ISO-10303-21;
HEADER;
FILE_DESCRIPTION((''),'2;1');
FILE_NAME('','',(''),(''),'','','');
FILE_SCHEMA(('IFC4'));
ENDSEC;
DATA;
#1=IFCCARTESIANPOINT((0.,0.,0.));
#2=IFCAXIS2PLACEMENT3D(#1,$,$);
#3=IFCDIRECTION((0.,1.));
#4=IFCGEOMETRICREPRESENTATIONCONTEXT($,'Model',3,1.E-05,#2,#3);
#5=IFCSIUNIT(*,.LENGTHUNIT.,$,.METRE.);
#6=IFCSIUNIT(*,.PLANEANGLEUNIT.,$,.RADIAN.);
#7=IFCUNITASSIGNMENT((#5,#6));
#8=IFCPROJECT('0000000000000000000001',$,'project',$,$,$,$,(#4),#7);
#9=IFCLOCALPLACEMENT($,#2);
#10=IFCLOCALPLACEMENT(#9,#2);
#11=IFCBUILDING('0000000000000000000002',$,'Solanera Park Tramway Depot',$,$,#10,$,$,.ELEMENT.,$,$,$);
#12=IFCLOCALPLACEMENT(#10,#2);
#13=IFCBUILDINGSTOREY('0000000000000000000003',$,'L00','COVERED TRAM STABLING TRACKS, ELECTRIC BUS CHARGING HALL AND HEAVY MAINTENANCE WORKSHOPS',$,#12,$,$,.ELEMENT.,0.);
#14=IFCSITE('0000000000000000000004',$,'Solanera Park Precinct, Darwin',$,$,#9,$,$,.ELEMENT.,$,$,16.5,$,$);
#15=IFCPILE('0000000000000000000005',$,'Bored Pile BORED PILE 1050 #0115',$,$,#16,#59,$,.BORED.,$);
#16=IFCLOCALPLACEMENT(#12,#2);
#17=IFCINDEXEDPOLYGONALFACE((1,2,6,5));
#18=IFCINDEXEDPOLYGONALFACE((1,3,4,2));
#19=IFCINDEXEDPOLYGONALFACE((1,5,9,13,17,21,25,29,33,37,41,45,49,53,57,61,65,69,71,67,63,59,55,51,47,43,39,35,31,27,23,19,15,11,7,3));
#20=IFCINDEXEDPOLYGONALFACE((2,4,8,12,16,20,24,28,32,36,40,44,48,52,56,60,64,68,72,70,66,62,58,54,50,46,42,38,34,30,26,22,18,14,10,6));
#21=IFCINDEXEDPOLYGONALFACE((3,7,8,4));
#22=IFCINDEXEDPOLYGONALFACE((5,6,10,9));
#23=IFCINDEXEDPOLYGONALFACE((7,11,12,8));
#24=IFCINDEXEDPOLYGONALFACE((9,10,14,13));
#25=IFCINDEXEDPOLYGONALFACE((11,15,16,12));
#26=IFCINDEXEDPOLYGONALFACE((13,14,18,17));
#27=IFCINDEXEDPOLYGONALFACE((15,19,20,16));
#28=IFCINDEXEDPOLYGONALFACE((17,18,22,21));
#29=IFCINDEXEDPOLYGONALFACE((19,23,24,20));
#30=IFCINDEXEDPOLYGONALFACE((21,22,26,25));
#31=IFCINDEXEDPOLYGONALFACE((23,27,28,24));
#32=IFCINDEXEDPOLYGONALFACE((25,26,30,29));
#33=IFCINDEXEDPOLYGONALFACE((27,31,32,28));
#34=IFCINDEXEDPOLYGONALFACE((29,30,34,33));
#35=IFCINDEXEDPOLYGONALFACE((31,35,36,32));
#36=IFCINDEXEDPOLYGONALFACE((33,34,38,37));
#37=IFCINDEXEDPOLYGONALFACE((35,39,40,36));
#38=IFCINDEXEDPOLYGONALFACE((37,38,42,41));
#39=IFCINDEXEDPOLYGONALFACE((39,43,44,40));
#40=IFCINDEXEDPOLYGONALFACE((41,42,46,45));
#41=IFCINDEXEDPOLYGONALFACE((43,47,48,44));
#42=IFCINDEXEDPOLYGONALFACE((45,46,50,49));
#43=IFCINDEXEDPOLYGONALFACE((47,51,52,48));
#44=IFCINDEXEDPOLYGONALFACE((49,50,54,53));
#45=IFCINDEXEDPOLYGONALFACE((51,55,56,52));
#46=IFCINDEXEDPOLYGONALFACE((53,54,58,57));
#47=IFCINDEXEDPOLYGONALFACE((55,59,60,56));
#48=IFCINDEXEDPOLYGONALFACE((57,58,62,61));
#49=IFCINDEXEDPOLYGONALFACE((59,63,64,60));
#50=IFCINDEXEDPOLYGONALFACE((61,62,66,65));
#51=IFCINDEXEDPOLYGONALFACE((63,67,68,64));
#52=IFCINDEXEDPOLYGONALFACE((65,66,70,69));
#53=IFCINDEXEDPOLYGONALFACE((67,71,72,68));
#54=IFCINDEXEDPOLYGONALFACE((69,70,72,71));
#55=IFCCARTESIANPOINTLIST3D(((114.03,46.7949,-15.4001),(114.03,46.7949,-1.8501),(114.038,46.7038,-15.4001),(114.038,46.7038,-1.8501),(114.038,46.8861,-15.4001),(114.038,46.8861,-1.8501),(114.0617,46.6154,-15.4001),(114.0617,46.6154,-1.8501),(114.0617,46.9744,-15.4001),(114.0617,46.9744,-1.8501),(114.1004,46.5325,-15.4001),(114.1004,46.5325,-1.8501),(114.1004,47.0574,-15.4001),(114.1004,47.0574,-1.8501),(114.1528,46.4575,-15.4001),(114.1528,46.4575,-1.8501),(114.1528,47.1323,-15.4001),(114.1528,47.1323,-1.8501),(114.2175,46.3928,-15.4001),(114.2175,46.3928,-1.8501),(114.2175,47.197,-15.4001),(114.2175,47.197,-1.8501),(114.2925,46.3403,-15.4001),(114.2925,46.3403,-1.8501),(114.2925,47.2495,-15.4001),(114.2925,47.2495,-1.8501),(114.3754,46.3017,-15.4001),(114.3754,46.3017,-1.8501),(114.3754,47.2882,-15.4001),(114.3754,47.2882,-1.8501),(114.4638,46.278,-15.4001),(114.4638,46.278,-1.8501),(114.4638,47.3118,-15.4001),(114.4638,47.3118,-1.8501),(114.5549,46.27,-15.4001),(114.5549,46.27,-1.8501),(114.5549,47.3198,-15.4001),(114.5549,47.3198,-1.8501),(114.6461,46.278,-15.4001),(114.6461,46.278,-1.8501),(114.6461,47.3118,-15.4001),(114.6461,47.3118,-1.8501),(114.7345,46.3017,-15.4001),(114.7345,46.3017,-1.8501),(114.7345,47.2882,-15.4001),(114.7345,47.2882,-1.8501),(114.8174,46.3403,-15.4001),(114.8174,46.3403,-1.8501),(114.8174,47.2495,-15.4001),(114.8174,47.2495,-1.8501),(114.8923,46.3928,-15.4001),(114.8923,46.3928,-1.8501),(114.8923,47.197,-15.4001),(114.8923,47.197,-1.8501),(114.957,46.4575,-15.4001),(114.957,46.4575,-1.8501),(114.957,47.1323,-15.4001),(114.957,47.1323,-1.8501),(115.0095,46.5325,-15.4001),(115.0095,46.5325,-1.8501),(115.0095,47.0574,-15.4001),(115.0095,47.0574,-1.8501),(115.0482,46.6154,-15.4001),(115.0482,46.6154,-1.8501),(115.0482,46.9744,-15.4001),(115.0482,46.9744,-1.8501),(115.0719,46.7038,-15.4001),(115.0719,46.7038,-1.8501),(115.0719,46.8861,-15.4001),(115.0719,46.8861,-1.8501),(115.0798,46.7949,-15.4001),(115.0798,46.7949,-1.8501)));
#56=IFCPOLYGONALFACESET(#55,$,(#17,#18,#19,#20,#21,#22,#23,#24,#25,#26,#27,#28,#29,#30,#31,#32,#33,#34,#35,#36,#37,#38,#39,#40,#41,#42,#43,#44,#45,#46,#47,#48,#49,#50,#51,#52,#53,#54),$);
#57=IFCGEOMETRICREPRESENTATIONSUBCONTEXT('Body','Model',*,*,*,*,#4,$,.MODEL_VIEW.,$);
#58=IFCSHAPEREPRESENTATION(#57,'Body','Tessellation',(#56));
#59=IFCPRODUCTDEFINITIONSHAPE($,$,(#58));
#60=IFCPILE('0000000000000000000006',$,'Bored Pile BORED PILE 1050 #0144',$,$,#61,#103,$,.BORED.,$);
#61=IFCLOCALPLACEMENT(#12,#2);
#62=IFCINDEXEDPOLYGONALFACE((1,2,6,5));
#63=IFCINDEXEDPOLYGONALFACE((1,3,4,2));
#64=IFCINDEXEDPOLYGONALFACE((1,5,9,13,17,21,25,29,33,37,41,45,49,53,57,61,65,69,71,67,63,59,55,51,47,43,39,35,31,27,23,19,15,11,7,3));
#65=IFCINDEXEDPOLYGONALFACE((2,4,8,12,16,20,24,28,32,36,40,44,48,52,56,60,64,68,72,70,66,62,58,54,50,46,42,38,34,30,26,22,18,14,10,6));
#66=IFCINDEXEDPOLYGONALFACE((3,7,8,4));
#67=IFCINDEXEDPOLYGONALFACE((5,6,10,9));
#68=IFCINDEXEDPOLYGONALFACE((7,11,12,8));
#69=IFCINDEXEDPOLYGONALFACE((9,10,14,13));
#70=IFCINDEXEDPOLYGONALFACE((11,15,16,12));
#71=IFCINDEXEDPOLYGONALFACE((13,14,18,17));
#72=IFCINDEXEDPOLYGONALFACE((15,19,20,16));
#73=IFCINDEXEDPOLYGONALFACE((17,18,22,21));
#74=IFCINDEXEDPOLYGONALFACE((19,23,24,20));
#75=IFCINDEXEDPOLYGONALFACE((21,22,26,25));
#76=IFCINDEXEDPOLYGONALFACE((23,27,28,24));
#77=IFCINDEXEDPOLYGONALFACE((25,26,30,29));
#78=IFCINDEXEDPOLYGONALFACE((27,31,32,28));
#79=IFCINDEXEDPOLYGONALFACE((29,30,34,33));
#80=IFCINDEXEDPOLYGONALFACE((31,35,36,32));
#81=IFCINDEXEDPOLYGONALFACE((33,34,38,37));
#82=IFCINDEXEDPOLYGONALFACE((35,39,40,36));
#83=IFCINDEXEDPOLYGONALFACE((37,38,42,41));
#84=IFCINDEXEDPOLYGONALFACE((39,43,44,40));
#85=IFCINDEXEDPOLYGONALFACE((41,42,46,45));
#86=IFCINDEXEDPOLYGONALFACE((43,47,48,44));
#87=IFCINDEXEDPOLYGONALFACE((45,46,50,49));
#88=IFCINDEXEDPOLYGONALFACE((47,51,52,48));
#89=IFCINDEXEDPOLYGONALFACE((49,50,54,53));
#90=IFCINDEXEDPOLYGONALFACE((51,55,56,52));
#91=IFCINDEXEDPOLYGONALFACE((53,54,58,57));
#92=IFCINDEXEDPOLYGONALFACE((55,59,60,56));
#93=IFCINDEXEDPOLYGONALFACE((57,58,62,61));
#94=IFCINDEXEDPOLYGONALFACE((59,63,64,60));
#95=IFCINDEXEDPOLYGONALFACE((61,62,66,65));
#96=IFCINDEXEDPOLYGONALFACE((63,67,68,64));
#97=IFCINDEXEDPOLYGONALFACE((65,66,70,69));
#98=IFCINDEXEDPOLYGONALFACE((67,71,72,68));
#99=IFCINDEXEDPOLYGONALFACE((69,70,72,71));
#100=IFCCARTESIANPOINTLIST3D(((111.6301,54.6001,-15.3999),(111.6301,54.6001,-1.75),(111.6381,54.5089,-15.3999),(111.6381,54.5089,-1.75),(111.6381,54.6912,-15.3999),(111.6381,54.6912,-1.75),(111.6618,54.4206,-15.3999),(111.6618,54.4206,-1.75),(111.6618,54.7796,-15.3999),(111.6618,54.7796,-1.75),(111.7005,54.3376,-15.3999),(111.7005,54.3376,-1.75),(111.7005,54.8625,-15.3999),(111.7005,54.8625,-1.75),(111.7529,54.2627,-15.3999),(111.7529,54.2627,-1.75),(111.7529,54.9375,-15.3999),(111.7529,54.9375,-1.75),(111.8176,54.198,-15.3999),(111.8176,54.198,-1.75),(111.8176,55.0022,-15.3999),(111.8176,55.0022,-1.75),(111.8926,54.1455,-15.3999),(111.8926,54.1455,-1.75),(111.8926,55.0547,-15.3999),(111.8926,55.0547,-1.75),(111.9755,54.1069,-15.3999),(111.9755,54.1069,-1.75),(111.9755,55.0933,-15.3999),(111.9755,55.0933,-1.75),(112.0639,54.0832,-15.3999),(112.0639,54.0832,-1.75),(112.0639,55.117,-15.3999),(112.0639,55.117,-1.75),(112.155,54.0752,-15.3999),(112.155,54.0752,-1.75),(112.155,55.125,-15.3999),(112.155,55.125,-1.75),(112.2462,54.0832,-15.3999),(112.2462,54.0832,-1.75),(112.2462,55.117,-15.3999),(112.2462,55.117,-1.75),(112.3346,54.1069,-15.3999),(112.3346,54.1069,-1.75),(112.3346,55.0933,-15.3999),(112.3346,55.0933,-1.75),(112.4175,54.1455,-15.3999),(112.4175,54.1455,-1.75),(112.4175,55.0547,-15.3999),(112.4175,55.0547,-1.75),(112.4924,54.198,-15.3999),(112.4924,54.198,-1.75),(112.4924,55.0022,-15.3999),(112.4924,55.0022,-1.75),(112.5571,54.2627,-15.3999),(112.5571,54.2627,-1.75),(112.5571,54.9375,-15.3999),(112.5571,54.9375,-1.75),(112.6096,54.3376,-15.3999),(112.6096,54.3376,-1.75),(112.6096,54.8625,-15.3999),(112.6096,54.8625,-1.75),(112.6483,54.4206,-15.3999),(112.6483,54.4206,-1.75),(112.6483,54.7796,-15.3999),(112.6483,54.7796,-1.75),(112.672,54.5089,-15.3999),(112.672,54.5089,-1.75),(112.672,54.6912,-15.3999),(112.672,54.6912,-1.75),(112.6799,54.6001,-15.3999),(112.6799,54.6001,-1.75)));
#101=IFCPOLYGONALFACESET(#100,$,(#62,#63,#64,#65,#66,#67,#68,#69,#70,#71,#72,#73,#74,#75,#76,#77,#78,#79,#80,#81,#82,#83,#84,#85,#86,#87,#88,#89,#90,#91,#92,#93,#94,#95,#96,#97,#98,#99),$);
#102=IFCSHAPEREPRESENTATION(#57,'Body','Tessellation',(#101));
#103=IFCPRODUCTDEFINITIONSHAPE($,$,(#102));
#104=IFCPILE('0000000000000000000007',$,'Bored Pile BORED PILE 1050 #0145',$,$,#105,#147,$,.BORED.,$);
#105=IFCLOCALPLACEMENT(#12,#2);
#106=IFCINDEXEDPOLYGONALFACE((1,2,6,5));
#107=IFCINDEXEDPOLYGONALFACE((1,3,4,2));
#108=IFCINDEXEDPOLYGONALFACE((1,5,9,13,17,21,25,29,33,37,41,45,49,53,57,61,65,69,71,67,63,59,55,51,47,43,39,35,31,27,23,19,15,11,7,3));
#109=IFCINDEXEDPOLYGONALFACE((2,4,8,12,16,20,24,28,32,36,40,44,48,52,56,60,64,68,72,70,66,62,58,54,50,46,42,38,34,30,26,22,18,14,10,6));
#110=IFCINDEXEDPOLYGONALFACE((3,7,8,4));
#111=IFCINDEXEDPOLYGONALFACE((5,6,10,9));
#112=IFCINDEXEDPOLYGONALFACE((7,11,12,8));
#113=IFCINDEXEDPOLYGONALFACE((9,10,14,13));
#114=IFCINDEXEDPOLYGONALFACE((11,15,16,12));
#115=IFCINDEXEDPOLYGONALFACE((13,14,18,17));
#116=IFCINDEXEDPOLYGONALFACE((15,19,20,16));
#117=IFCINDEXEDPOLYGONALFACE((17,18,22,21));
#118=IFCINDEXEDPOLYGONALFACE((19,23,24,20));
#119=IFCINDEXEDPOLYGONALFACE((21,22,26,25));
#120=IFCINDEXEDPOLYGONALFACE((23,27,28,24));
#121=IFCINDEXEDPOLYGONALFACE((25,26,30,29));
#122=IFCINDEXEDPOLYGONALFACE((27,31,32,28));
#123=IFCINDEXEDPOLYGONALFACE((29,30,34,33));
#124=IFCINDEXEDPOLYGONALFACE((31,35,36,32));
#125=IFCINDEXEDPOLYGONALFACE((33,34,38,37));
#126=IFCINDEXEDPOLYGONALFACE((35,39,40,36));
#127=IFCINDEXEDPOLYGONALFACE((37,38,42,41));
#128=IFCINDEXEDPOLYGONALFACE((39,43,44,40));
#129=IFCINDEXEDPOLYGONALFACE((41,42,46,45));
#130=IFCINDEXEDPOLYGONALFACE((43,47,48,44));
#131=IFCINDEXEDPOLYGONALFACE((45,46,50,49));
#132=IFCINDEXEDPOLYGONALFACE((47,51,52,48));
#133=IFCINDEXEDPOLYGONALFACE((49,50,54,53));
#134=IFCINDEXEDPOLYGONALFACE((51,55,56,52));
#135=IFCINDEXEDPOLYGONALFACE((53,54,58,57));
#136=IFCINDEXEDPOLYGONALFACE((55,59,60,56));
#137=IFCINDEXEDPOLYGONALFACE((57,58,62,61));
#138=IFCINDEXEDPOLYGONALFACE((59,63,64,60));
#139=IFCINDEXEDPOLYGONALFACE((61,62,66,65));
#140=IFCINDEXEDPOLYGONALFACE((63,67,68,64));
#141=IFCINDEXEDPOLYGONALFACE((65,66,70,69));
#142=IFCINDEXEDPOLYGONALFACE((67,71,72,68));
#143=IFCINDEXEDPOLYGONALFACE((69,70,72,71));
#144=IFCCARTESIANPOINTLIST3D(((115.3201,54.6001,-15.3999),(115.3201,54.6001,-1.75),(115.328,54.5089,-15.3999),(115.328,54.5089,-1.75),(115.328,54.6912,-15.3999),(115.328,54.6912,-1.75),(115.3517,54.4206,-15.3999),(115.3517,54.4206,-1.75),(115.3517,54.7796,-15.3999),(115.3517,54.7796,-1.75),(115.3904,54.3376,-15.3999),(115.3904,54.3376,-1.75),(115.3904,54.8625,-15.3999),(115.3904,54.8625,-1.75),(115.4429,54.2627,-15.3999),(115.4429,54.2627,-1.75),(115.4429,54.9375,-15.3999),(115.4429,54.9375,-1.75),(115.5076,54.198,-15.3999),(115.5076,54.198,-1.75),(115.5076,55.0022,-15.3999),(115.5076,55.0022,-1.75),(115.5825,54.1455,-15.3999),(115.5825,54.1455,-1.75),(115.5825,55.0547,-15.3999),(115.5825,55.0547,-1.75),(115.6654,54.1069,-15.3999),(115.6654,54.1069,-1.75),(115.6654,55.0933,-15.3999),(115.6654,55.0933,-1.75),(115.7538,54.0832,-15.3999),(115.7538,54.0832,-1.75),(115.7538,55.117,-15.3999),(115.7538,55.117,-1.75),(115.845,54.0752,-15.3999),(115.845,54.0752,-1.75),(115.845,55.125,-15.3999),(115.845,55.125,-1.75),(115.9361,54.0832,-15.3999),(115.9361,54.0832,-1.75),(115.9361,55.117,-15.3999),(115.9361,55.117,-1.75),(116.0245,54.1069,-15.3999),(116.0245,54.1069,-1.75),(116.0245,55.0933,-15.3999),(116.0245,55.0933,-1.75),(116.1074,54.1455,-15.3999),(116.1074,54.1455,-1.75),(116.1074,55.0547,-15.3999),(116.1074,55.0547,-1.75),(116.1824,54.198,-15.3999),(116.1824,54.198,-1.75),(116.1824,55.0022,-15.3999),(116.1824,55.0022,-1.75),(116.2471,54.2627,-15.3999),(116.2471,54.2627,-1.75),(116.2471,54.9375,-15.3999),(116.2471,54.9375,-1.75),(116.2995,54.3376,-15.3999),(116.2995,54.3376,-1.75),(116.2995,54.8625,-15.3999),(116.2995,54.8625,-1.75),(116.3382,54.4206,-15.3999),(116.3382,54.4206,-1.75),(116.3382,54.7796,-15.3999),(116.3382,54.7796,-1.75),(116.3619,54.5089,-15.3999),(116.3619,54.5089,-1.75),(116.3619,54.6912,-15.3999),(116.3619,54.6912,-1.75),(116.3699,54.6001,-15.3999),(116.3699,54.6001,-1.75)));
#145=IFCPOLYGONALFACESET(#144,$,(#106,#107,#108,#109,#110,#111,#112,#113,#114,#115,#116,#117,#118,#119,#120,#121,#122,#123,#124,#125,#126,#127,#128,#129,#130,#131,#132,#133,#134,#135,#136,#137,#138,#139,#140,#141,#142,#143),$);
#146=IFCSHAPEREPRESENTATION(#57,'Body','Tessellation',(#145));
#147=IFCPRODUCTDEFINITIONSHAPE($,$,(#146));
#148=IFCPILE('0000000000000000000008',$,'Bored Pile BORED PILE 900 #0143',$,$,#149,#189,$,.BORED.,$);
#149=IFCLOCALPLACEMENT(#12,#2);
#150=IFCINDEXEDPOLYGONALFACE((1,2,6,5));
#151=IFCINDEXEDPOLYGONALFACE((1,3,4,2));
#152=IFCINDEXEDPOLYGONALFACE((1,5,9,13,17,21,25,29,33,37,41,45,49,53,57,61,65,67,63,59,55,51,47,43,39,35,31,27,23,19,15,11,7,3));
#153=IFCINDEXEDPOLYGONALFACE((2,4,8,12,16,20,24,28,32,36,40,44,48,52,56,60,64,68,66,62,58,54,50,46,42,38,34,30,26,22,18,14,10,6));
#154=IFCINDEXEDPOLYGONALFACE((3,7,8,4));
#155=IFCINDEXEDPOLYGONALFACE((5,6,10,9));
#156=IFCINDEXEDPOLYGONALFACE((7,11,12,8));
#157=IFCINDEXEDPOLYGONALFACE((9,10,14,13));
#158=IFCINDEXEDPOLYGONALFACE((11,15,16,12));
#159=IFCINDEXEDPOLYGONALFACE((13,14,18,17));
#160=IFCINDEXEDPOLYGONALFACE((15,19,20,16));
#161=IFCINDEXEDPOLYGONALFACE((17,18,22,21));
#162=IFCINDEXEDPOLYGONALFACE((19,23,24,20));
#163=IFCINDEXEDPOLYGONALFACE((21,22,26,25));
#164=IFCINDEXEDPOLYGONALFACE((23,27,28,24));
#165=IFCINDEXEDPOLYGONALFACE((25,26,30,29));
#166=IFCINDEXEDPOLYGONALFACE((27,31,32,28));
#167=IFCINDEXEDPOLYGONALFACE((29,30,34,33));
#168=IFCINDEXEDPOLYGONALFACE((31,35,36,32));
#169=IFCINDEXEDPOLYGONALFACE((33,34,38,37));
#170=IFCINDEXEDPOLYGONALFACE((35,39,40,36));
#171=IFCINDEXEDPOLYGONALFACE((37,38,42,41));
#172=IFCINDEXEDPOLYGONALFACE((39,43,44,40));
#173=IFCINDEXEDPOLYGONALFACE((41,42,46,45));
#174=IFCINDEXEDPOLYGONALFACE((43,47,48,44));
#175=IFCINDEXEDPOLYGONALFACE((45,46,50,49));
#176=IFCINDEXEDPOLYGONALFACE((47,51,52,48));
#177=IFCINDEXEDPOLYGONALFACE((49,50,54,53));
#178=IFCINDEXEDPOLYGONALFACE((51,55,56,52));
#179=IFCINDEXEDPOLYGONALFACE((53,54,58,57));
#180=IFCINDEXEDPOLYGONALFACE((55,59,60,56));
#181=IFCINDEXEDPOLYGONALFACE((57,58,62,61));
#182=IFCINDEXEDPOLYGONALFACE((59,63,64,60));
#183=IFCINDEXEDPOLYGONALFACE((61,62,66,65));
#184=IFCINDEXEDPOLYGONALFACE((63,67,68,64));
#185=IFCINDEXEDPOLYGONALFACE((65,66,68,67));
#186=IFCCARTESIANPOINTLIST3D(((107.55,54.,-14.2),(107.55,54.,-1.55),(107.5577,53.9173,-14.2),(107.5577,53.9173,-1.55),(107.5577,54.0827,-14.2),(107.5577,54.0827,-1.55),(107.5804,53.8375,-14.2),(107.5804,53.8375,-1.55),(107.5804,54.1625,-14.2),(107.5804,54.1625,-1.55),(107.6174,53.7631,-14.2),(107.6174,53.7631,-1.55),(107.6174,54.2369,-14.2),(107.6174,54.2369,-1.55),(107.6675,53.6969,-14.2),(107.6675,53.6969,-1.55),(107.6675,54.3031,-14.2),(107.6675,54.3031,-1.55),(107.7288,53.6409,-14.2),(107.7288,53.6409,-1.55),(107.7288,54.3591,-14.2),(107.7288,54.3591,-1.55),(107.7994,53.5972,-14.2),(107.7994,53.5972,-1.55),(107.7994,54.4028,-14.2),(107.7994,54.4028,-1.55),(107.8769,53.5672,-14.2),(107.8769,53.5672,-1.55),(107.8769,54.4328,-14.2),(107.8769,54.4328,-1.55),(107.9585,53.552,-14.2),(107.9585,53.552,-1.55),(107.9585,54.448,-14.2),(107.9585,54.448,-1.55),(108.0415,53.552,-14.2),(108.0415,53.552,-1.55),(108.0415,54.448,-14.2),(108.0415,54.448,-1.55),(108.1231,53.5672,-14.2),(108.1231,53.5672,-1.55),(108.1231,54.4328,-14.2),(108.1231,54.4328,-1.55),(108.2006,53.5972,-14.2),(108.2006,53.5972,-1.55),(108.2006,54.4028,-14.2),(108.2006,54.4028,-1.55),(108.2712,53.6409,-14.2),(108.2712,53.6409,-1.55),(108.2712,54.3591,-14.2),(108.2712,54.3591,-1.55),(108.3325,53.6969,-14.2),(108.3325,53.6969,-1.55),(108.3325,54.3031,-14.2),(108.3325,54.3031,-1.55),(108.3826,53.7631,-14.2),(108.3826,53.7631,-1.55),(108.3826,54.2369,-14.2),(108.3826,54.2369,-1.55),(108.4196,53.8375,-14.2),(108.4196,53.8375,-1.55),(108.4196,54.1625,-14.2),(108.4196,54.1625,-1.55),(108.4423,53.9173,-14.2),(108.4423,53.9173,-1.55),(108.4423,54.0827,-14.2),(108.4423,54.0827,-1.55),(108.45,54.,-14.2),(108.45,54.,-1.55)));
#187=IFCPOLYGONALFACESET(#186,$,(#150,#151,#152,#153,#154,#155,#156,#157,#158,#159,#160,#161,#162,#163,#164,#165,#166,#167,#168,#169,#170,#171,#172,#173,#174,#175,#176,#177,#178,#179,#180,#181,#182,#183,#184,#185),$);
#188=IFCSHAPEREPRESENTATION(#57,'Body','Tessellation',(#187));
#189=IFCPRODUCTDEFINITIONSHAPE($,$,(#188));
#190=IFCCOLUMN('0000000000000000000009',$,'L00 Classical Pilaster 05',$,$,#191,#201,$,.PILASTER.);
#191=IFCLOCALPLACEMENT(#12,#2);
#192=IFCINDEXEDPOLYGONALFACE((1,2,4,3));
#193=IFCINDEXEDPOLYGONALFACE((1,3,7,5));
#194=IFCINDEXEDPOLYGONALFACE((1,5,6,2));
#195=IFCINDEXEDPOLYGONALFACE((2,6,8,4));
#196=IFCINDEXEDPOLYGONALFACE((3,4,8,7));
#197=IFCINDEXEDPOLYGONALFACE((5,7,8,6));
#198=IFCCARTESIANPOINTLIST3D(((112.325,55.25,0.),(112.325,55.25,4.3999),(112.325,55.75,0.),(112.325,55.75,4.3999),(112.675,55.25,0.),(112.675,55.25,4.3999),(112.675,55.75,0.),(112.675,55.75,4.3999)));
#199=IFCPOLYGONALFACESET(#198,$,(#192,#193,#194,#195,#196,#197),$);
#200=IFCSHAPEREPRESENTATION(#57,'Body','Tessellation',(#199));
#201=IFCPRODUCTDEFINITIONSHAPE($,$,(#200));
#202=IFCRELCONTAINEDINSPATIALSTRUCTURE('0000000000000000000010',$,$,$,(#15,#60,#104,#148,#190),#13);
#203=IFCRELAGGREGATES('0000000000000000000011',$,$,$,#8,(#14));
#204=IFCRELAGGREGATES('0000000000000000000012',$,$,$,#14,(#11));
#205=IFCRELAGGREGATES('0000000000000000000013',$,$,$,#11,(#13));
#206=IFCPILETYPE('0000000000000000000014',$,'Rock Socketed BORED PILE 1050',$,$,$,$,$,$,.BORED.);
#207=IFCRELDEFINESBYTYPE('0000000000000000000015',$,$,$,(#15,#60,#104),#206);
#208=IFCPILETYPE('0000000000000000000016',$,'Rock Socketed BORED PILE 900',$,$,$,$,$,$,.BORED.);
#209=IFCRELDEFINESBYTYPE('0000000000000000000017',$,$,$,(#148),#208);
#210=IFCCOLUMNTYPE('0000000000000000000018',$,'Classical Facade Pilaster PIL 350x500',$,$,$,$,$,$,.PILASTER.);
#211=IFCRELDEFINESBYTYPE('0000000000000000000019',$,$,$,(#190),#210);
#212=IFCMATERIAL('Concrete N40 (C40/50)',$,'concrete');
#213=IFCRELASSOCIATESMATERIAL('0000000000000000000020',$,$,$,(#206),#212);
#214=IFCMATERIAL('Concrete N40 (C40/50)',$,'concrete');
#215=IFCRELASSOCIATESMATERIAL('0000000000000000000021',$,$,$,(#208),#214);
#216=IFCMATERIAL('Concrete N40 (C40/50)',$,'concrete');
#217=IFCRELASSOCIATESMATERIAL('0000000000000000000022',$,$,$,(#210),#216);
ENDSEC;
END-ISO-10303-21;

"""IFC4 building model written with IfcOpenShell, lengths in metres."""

from ifc_helpers import new_model, si_unit, direction, frame, origin, origin_2d, place, context, subcontext, project, spatial, rectangle, circle, extrude, material, material_profile, profile_set, type_object, element, save


model = new_model("IFC4")

# Units and contexts
model_context = context("Model", 3, precision=1e-05, world=origin(), true_north=direction((0.0, 1.0)))
body_context = subcontext(model_context, "Body", "Model", "MODEL_VIEW")
ifc_project = project(units=[si_unit("LENGTHUNIT", "METRE"), si_unit("PLANEANGLEUNIT", "RADIAN")], contexts=[model_context])

# Site, building, storey
site_placement = place(None, origin())
site = spatial("IfcSite", under=ifc_project, at=site_placement, Name="Solanera Park Precinct, Darwin", CompositionType="ELEMENT", RefElevation=16.5)
building_placement = place(site_placement, origin())
building = spatial("IfcBuilding", under=site, at=building_placement, Name="Solanera Park Tramway Depot", CompositionType="ELEMENT")
storey_placement = place(building_placement, origin())
storey = spatial("IfcBuildingStorey", under=building, at=storey_placement, Name="L00", Description="COVERED TRAM STABLING TRACKS, ELECTRIC BUS CHARGING HALL AND HEAVY MAINTENANCE WORKSHOPS", CompositionType="ELEMENT", Elevation=0.0)

# Piles
ifc_material_1 = material(Name="Concrete N40 (C40/50)", Category="concrete")
ifc_material_profile_1 = material_profile(ifc_material_1, circle(Radius=0.5249, at=origin_2d()), Name="BORED PILE 1050")
ifc_profile_set_1 = profile_set([ifc_material_profile_1], Name="Concrete N40 (C40/50)")
pile_type_1 = type_object("IfcPileType", Name="Rock Socketed BORED PILE 1050", PredefinedType="BORED", material=ifc_profile_set_1)
pile_1_placement = place(storey_placement, frame((114.5549, 46.7949, -1.8501), z_axis=(0.0, 0.0, -1.0), x_axis=(1.0, 0.0, 0.0)))
element("IfcPile", 1, at=pile_1_placement, inside=storey, type_object=pile_type_1, Name="Bored Pile BORED PILE 1050 #0115", PredefinedType="BORED", context=body_context, shape_type="SweptSolid", body=[
    extrude(circle(Radius=0.5249, at=origin_2d()), origin(), (0.0, 0.0, 1.0), 13.55),
])
for number, where, z_axis, x_axis, name in (
    (2, (112.155, 54.6001, -1.75), (0.0, 0.0, -1.0), (1.0, 0.0, 0.0), "Bored Pile BORED PILE 1050 #0144"),
    (3, (115.845, 54.6001, -1.75), (0.0, 0.0, -1.0), (1.0, 0.0, 0.0), "Bored Pile BORED PILE 1050 #0145"),
):
    element("IfcPile", number, at=place(storey_placement, frame(where, z_axis=z_axis, x_axis=x_axis)), inside=storey, type_object=pile_type_1, Name=name, PredefinedType="BORED", context=body_context, shape_type="SweptSolid", body=[
        extrude(circle(Radius=0.5249, at=origin_2d()), origin(), (0.0, 0.0, 1.0), 13.6499),
    ])
ifc_material_2 = material(Name="Concrete N40 (C40/50)", Category="concrete")
ifc_material_profile_2 = material_profile(ifc_material_2, circle(Radius=0.45, at=origin_2d()), Name="BORED PILE 900")
ifc_profile_set_2 = profile_set([ifc_material_profile_2], Name="Concrete N40 (C40/50)")
pile_type_2 = type_object("IfcPileType", Name="Rock Socketed BORED PILE 900", PredefinedType="BORED", material=ifc_profile_set_2)
pile_2_placement = place(storey_placement, frame((108.0, 54.0, -1.55), z_axis=(0.0, 0.0, -1.0), x_axis=(1.0, 0.0, 0.0)))
element("IfcPile", 4, at=pile_2_placement, inside=storey, type_object=pile_type_2, Name="Bored Pile BORED PILE 900 #0143", PredefinedType="BORED", context=body_context, shape_type="SweptSolid", body=[
    extrude(circle(Radius=0.45, at=origin_2d()), origin(), (0.0, 0.0, 1.0), 12.6499),
])

# Column
ifc_material_3 = material(Name="Concrete N40 (C40/50)", Category="concrete")
ifc_material_profile_3 = material_profile(ifc_material_3, rectangle(XDim=0.3501, YDim=0.5, at=origin_2d()), Name="PIL 350x500")
ifc_profile_set_3 = profile_set([ifc_material_profile_3], Name="Concrete N40 (C40/50)")
column_type_1 = type_object("IfcColumnType", Name="Classical Facade Pilaster PIL 350x500", PredefinedType="PILASTER", material=ifc_profile_set_3)
column_1_placement = place(storey_placement, frame((112.5, 55.5, 0.0), z_axis=(0.0, 0.0, 1.0), x_axis=(1.0, 0.0, 0.0)))
element("IfcColumn", 5, at=column_1_placement, inside=storey, type_object=column_type_1, Name="L00 Classical Pilaster 05", PredefinedType="PILASTER", context=body_context, shape_type="SweptSolid", body=[
    extrude(rectangle(XDim=0.3501, YDim=0.5, at=origin_2d()), origin(), (0.0, 0.0, 1.0), 4.3999),
])

save(model, "model.ifc")
